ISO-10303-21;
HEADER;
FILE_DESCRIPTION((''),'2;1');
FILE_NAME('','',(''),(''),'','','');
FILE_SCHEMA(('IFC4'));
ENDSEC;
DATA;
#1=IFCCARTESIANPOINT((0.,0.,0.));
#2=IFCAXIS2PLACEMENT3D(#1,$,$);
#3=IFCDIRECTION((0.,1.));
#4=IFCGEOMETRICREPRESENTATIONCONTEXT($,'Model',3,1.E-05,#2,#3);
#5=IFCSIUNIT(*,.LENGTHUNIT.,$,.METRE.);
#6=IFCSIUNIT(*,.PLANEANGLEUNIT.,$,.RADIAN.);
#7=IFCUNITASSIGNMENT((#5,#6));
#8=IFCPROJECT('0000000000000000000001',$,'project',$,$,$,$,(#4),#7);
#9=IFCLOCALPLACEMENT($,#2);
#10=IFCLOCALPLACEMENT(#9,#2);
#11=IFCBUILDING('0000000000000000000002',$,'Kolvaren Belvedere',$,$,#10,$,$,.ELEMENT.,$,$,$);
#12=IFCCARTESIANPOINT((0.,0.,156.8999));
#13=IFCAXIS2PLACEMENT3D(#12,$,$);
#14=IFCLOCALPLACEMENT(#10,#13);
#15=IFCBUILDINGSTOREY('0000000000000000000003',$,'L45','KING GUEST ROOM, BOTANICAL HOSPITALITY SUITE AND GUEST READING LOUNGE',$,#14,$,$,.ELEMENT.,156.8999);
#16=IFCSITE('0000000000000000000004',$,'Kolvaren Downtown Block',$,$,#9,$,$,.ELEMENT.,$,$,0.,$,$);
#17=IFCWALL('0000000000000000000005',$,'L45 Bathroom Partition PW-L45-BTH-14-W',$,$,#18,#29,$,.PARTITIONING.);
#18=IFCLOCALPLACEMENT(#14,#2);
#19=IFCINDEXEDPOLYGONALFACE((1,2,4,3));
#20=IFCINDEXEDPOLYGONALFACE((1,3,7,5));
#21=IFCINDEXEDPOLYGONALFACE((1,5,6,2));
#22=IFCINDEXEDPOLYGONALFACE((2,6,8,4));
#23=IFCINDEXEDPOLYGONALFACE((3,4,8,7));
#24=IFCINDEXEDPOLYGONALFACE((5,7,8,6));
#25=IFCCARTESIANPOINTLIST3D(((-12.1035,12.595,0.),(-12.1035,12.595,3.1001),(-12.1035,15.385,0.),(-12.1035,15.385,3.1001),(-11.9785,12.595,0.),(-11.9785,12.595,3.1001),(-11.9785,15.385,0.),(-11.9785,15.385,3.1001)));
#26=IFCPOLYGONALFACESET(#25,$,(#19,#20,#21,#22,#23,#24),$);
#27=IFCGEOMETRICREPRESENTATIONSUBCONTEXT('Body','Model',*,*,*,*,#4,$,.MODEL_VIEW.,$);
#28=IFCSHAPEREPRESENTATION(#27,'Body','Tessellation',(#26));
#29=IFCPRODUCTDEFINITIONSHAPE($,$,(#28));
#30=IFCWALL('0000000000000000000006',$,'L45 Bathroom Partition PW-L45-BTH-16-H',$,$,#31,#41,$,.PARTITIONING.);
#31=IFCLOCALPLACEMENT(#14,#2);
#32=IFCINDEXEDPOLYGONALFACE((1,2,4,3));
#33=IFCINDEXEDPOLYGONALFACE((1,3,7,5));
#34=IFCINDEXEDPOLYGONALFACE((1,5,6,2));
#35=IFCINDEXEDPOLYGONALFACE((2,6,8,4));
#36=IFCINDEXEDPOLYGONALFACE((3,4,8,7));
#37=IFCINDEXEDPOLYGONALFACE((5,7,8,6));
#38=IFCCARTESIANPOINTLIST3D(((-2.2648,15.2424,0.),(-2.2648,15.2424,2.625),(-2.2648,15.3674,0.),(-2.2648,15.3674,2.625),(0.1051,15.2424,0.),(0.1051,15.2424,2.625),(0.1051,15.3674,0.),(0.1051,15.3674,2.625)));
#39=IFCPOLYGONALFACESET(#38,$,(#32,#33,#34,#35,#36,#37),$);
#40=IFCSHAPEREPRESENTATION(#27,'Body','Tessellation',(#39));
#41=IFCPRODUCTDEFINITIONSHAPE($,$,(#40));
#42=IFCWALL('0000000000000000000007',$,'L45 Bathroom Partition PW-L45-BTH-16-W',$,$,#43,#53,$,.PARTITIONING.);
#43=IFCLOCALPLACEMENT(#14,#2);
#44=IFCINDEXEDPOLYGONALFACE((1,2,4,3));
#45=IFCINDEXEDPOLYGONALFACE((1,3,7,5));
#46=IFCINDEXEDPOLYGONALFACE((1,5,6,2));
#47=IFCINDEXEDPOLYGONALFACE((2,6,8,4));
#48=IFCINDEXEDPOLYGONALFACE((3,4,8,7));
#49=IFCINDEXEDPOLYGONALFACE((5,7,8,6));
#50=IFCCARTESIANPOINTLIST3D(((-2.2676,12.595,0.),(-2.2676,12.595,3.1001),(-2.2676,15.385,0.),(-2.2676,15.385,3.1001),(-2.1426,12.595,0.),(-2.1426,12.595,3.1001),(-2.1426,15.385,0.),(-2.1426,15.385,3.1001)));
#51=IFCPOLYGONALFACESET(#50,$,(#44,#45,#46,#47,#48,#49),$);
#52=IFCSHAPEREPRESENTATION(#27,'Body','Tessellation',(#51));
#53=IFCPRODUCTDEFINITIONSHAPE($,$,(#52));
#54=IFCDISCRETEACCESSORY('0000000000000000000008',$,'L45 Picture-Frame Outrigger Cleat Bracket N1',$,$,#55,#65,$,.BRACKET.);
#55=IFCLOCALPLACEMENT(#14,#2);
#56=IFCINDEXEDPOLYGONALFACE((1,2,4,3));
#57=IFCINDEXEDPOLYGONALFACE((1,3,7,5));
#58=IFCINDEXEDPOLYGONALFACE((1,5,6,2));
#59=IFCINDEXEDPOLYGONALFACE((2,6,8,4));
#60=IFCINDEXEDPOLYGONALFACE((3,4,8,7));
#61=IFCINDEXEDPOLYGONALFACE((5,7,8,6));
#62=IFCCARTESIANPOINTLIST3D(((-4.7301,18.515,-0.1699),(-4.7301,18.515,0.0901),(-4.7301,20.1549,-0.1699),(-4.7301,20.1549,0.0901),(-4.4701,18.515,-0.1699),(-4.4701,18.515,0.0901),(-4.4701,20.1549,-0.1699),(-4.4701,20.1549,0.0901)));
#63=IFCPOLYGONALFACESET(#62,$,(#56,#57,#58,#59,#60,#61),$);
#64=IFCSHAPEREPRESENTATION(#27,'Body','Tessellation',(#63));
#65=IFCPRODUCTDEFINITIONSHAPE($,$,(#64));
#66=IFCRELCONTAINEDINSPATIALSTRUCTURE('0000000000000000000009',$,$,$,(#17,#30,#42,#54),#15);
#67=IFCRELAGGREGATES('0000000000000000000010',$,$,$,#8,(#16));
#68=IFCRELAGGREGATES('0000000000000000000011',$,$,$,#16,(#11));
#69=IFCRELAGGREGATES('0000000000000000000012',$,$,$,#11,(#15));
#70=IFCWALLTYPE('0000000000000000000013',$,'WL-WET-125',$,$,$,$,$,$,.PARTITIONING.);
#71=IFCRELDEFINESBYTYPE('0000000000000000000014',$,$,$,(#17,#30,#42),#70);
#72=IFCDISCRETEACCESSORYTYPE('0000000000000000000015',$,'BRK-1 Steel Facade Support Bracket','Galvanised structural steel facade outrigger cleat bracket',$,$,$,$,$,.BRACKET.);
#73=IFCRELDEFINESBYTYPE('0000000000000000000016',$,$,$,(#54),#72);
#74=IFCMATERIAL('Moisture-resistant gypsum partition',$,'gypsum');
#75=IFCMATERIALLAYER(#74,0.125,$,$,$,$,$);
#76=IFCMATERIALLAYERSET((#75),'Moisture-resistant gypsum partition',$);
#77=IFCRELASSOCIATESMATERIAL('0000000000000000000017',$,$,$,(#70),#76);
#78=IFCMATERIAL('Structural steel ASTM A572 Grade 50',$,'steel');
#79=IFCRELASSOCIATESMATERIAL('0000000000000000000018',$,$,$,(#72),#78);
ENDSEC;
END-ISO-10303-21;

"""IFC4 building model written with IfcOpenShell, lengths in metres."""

from ifc_helpers import new_model, si_unit, direction, frame, frame_2d, origin, origin_2d, place, context, subcontext, project, spatial, rectangle, extrude, material, layer, layer_set, type_object, element, save


model = new_model("IFC4")

# Units and contexts
model_context = context("Model", 3, precision=1e-05, world=origin(), true_north=direction((0.0, 1.0)))
body_context = subcontext(model_context, "Body", "Model", "MODEL_VIEW")
ifc_project = project(units=[si_unit("LENGTHUNIT", "METRE"), si_unit("PLANEANGLEUNIT", "RADIAN")], contexts=[model_context])

# Site, building, storey
site_placement = place(None, origin())
site = spatial("IfcSite", under=ifc_project, at=site_placement, Name="Kolvaren Downtown Block", CompositionType="ELEMENT", RefElevation=0.0)
building_placement = place(site_placement, origin())
building = spatial("IfcBuilding", under=site, at=building_placement, Name="Kolvaren Belvedere", CompositionType="ELEMENT")
storey_placement = place(building_placement, frame((0.0, 0.0, 156.8999)))
storey = spatial("IfcBuildingStorey", under=building, at=storey_placement, Name="L45", Description="KING GUEST ROOM, BOTANICAL HOSPITALITY SUITE AND GUEST READING LOUNGE", CompositionType="ELEMENT", Elevation=156.8999)

# Shared definitions
ifc_material_1 = material(Name="Moisture-resistant gypsum partition", Category="gypsum")
ifc_layer_1 = layer(ifc_material_1, 0.125)
ifc_layer_set_1 = layer_set([ifc_layer_1], Name="Moisture-resistant gypsum partition")
wall_type_1 = type_object("IfcWallType", Name="WL-WET-125", PredefinedType="PARTITIONING", material=ifc_layer_set_1)

# Walls
wall_1_placement = place(storey_placement, frame((-12.041, 12.595, 0.0), z_axis=(0.0, 0.0, 1.0), x_axis=(0.0, 1.0, 0.0)))
element("IfcWall", 1, at=wall_1_placement, inside=storey, type_object=wall_type_1, Name="L45 Bathroom Partition PW-L45-BTH-14-W", PredefinedType="PARTITIONING", context=body_context, shape_type="SweptSolid", body=[
    extrude(rectangle(XDim=2.79, YDim=0.125, at=frame_2d((1.395, 0.0))), origin(), (0.0, 0.0, 1.0), 3.1001),
])
wall_2_placement = place(storey_placement, frame((-2.2649, 15.3049, 0.0), z_axis=(0.0, 0.0, 1.0), x_axis=(1.0, 0.0, 0.0)))
element("IfcWall", 2, at=wall_2_placement, inside=storey, type_object=wall_type_1, Name="L45 Bathroom Partition PW-L45-BTH-16-H", PredefinedType="PARTITIONING", context=body_context, shape_type="SweptSolid", body=[
    extrude(rectangle(XDim=2.3699, YDim=0.125, at=frame_2d((1.1851, 0.0))), origin(), (0.0, 0.0, 1.0), 2.625),
])
wall_3_placement = place(storey_placement, frame((-2.2051, 12.595, 0.0), z_axis=(0.0, 0.0, 1.0), x_axis=(0.0, 1.0, 0.0)))
element("IfcWall", 3, at=wall_3_placement, inside=storey, type_object=wall_type_1, Name="L45 Bathroom Partition PW-L45-BTH-16-W", PredefinedType="PARTITIONING", context=body_context, shape_type="SweptSolid", body=[
    extrude(rectangle(XDim=2.79, YDim=0.125, at=frame_2d((1.395, 0.0))), origin(), (0.0, 0.0, 1.0), 3.1001),
])

# Discrete accessory
ifc_material_2 = material(Name="Structural steel ASTM A572 Grade 50", Category="steel")
discrete_accessory_type = type_object("IfcDiscreteAccessoryType", Name="BRK-1 Steel Facade Support Bracket", Description="Galvanised structural steel facade outrigger cleat bracket", PredefinedType="BRACKET", material=ifc_material_2)
discrete_accessory_placement = place(storey_placement, frame((-4.6001, 19.335, -0.1699), z_axis=(0.0, 0.0, 1.0), x_axis=(0.0, 1.0, 0.0)))
element("IfcDiscreteAccessory", 4, at=discrete_accessory_placement, inside=storey, type_object=discrete_accessory_type, Name="L45 Picture-Frame Outrigger Cleat Bracket N1", PredefinedType="BRACKET", context=body_context, shape_type="SweptSolid", body=[
    extrude(rectangle(XDim=1.6399, YDim=0.26, at=origin_2d()), origin(), (0.0, 0.0, 1.0), 0.26),
])

save(model, "model.ifc")
